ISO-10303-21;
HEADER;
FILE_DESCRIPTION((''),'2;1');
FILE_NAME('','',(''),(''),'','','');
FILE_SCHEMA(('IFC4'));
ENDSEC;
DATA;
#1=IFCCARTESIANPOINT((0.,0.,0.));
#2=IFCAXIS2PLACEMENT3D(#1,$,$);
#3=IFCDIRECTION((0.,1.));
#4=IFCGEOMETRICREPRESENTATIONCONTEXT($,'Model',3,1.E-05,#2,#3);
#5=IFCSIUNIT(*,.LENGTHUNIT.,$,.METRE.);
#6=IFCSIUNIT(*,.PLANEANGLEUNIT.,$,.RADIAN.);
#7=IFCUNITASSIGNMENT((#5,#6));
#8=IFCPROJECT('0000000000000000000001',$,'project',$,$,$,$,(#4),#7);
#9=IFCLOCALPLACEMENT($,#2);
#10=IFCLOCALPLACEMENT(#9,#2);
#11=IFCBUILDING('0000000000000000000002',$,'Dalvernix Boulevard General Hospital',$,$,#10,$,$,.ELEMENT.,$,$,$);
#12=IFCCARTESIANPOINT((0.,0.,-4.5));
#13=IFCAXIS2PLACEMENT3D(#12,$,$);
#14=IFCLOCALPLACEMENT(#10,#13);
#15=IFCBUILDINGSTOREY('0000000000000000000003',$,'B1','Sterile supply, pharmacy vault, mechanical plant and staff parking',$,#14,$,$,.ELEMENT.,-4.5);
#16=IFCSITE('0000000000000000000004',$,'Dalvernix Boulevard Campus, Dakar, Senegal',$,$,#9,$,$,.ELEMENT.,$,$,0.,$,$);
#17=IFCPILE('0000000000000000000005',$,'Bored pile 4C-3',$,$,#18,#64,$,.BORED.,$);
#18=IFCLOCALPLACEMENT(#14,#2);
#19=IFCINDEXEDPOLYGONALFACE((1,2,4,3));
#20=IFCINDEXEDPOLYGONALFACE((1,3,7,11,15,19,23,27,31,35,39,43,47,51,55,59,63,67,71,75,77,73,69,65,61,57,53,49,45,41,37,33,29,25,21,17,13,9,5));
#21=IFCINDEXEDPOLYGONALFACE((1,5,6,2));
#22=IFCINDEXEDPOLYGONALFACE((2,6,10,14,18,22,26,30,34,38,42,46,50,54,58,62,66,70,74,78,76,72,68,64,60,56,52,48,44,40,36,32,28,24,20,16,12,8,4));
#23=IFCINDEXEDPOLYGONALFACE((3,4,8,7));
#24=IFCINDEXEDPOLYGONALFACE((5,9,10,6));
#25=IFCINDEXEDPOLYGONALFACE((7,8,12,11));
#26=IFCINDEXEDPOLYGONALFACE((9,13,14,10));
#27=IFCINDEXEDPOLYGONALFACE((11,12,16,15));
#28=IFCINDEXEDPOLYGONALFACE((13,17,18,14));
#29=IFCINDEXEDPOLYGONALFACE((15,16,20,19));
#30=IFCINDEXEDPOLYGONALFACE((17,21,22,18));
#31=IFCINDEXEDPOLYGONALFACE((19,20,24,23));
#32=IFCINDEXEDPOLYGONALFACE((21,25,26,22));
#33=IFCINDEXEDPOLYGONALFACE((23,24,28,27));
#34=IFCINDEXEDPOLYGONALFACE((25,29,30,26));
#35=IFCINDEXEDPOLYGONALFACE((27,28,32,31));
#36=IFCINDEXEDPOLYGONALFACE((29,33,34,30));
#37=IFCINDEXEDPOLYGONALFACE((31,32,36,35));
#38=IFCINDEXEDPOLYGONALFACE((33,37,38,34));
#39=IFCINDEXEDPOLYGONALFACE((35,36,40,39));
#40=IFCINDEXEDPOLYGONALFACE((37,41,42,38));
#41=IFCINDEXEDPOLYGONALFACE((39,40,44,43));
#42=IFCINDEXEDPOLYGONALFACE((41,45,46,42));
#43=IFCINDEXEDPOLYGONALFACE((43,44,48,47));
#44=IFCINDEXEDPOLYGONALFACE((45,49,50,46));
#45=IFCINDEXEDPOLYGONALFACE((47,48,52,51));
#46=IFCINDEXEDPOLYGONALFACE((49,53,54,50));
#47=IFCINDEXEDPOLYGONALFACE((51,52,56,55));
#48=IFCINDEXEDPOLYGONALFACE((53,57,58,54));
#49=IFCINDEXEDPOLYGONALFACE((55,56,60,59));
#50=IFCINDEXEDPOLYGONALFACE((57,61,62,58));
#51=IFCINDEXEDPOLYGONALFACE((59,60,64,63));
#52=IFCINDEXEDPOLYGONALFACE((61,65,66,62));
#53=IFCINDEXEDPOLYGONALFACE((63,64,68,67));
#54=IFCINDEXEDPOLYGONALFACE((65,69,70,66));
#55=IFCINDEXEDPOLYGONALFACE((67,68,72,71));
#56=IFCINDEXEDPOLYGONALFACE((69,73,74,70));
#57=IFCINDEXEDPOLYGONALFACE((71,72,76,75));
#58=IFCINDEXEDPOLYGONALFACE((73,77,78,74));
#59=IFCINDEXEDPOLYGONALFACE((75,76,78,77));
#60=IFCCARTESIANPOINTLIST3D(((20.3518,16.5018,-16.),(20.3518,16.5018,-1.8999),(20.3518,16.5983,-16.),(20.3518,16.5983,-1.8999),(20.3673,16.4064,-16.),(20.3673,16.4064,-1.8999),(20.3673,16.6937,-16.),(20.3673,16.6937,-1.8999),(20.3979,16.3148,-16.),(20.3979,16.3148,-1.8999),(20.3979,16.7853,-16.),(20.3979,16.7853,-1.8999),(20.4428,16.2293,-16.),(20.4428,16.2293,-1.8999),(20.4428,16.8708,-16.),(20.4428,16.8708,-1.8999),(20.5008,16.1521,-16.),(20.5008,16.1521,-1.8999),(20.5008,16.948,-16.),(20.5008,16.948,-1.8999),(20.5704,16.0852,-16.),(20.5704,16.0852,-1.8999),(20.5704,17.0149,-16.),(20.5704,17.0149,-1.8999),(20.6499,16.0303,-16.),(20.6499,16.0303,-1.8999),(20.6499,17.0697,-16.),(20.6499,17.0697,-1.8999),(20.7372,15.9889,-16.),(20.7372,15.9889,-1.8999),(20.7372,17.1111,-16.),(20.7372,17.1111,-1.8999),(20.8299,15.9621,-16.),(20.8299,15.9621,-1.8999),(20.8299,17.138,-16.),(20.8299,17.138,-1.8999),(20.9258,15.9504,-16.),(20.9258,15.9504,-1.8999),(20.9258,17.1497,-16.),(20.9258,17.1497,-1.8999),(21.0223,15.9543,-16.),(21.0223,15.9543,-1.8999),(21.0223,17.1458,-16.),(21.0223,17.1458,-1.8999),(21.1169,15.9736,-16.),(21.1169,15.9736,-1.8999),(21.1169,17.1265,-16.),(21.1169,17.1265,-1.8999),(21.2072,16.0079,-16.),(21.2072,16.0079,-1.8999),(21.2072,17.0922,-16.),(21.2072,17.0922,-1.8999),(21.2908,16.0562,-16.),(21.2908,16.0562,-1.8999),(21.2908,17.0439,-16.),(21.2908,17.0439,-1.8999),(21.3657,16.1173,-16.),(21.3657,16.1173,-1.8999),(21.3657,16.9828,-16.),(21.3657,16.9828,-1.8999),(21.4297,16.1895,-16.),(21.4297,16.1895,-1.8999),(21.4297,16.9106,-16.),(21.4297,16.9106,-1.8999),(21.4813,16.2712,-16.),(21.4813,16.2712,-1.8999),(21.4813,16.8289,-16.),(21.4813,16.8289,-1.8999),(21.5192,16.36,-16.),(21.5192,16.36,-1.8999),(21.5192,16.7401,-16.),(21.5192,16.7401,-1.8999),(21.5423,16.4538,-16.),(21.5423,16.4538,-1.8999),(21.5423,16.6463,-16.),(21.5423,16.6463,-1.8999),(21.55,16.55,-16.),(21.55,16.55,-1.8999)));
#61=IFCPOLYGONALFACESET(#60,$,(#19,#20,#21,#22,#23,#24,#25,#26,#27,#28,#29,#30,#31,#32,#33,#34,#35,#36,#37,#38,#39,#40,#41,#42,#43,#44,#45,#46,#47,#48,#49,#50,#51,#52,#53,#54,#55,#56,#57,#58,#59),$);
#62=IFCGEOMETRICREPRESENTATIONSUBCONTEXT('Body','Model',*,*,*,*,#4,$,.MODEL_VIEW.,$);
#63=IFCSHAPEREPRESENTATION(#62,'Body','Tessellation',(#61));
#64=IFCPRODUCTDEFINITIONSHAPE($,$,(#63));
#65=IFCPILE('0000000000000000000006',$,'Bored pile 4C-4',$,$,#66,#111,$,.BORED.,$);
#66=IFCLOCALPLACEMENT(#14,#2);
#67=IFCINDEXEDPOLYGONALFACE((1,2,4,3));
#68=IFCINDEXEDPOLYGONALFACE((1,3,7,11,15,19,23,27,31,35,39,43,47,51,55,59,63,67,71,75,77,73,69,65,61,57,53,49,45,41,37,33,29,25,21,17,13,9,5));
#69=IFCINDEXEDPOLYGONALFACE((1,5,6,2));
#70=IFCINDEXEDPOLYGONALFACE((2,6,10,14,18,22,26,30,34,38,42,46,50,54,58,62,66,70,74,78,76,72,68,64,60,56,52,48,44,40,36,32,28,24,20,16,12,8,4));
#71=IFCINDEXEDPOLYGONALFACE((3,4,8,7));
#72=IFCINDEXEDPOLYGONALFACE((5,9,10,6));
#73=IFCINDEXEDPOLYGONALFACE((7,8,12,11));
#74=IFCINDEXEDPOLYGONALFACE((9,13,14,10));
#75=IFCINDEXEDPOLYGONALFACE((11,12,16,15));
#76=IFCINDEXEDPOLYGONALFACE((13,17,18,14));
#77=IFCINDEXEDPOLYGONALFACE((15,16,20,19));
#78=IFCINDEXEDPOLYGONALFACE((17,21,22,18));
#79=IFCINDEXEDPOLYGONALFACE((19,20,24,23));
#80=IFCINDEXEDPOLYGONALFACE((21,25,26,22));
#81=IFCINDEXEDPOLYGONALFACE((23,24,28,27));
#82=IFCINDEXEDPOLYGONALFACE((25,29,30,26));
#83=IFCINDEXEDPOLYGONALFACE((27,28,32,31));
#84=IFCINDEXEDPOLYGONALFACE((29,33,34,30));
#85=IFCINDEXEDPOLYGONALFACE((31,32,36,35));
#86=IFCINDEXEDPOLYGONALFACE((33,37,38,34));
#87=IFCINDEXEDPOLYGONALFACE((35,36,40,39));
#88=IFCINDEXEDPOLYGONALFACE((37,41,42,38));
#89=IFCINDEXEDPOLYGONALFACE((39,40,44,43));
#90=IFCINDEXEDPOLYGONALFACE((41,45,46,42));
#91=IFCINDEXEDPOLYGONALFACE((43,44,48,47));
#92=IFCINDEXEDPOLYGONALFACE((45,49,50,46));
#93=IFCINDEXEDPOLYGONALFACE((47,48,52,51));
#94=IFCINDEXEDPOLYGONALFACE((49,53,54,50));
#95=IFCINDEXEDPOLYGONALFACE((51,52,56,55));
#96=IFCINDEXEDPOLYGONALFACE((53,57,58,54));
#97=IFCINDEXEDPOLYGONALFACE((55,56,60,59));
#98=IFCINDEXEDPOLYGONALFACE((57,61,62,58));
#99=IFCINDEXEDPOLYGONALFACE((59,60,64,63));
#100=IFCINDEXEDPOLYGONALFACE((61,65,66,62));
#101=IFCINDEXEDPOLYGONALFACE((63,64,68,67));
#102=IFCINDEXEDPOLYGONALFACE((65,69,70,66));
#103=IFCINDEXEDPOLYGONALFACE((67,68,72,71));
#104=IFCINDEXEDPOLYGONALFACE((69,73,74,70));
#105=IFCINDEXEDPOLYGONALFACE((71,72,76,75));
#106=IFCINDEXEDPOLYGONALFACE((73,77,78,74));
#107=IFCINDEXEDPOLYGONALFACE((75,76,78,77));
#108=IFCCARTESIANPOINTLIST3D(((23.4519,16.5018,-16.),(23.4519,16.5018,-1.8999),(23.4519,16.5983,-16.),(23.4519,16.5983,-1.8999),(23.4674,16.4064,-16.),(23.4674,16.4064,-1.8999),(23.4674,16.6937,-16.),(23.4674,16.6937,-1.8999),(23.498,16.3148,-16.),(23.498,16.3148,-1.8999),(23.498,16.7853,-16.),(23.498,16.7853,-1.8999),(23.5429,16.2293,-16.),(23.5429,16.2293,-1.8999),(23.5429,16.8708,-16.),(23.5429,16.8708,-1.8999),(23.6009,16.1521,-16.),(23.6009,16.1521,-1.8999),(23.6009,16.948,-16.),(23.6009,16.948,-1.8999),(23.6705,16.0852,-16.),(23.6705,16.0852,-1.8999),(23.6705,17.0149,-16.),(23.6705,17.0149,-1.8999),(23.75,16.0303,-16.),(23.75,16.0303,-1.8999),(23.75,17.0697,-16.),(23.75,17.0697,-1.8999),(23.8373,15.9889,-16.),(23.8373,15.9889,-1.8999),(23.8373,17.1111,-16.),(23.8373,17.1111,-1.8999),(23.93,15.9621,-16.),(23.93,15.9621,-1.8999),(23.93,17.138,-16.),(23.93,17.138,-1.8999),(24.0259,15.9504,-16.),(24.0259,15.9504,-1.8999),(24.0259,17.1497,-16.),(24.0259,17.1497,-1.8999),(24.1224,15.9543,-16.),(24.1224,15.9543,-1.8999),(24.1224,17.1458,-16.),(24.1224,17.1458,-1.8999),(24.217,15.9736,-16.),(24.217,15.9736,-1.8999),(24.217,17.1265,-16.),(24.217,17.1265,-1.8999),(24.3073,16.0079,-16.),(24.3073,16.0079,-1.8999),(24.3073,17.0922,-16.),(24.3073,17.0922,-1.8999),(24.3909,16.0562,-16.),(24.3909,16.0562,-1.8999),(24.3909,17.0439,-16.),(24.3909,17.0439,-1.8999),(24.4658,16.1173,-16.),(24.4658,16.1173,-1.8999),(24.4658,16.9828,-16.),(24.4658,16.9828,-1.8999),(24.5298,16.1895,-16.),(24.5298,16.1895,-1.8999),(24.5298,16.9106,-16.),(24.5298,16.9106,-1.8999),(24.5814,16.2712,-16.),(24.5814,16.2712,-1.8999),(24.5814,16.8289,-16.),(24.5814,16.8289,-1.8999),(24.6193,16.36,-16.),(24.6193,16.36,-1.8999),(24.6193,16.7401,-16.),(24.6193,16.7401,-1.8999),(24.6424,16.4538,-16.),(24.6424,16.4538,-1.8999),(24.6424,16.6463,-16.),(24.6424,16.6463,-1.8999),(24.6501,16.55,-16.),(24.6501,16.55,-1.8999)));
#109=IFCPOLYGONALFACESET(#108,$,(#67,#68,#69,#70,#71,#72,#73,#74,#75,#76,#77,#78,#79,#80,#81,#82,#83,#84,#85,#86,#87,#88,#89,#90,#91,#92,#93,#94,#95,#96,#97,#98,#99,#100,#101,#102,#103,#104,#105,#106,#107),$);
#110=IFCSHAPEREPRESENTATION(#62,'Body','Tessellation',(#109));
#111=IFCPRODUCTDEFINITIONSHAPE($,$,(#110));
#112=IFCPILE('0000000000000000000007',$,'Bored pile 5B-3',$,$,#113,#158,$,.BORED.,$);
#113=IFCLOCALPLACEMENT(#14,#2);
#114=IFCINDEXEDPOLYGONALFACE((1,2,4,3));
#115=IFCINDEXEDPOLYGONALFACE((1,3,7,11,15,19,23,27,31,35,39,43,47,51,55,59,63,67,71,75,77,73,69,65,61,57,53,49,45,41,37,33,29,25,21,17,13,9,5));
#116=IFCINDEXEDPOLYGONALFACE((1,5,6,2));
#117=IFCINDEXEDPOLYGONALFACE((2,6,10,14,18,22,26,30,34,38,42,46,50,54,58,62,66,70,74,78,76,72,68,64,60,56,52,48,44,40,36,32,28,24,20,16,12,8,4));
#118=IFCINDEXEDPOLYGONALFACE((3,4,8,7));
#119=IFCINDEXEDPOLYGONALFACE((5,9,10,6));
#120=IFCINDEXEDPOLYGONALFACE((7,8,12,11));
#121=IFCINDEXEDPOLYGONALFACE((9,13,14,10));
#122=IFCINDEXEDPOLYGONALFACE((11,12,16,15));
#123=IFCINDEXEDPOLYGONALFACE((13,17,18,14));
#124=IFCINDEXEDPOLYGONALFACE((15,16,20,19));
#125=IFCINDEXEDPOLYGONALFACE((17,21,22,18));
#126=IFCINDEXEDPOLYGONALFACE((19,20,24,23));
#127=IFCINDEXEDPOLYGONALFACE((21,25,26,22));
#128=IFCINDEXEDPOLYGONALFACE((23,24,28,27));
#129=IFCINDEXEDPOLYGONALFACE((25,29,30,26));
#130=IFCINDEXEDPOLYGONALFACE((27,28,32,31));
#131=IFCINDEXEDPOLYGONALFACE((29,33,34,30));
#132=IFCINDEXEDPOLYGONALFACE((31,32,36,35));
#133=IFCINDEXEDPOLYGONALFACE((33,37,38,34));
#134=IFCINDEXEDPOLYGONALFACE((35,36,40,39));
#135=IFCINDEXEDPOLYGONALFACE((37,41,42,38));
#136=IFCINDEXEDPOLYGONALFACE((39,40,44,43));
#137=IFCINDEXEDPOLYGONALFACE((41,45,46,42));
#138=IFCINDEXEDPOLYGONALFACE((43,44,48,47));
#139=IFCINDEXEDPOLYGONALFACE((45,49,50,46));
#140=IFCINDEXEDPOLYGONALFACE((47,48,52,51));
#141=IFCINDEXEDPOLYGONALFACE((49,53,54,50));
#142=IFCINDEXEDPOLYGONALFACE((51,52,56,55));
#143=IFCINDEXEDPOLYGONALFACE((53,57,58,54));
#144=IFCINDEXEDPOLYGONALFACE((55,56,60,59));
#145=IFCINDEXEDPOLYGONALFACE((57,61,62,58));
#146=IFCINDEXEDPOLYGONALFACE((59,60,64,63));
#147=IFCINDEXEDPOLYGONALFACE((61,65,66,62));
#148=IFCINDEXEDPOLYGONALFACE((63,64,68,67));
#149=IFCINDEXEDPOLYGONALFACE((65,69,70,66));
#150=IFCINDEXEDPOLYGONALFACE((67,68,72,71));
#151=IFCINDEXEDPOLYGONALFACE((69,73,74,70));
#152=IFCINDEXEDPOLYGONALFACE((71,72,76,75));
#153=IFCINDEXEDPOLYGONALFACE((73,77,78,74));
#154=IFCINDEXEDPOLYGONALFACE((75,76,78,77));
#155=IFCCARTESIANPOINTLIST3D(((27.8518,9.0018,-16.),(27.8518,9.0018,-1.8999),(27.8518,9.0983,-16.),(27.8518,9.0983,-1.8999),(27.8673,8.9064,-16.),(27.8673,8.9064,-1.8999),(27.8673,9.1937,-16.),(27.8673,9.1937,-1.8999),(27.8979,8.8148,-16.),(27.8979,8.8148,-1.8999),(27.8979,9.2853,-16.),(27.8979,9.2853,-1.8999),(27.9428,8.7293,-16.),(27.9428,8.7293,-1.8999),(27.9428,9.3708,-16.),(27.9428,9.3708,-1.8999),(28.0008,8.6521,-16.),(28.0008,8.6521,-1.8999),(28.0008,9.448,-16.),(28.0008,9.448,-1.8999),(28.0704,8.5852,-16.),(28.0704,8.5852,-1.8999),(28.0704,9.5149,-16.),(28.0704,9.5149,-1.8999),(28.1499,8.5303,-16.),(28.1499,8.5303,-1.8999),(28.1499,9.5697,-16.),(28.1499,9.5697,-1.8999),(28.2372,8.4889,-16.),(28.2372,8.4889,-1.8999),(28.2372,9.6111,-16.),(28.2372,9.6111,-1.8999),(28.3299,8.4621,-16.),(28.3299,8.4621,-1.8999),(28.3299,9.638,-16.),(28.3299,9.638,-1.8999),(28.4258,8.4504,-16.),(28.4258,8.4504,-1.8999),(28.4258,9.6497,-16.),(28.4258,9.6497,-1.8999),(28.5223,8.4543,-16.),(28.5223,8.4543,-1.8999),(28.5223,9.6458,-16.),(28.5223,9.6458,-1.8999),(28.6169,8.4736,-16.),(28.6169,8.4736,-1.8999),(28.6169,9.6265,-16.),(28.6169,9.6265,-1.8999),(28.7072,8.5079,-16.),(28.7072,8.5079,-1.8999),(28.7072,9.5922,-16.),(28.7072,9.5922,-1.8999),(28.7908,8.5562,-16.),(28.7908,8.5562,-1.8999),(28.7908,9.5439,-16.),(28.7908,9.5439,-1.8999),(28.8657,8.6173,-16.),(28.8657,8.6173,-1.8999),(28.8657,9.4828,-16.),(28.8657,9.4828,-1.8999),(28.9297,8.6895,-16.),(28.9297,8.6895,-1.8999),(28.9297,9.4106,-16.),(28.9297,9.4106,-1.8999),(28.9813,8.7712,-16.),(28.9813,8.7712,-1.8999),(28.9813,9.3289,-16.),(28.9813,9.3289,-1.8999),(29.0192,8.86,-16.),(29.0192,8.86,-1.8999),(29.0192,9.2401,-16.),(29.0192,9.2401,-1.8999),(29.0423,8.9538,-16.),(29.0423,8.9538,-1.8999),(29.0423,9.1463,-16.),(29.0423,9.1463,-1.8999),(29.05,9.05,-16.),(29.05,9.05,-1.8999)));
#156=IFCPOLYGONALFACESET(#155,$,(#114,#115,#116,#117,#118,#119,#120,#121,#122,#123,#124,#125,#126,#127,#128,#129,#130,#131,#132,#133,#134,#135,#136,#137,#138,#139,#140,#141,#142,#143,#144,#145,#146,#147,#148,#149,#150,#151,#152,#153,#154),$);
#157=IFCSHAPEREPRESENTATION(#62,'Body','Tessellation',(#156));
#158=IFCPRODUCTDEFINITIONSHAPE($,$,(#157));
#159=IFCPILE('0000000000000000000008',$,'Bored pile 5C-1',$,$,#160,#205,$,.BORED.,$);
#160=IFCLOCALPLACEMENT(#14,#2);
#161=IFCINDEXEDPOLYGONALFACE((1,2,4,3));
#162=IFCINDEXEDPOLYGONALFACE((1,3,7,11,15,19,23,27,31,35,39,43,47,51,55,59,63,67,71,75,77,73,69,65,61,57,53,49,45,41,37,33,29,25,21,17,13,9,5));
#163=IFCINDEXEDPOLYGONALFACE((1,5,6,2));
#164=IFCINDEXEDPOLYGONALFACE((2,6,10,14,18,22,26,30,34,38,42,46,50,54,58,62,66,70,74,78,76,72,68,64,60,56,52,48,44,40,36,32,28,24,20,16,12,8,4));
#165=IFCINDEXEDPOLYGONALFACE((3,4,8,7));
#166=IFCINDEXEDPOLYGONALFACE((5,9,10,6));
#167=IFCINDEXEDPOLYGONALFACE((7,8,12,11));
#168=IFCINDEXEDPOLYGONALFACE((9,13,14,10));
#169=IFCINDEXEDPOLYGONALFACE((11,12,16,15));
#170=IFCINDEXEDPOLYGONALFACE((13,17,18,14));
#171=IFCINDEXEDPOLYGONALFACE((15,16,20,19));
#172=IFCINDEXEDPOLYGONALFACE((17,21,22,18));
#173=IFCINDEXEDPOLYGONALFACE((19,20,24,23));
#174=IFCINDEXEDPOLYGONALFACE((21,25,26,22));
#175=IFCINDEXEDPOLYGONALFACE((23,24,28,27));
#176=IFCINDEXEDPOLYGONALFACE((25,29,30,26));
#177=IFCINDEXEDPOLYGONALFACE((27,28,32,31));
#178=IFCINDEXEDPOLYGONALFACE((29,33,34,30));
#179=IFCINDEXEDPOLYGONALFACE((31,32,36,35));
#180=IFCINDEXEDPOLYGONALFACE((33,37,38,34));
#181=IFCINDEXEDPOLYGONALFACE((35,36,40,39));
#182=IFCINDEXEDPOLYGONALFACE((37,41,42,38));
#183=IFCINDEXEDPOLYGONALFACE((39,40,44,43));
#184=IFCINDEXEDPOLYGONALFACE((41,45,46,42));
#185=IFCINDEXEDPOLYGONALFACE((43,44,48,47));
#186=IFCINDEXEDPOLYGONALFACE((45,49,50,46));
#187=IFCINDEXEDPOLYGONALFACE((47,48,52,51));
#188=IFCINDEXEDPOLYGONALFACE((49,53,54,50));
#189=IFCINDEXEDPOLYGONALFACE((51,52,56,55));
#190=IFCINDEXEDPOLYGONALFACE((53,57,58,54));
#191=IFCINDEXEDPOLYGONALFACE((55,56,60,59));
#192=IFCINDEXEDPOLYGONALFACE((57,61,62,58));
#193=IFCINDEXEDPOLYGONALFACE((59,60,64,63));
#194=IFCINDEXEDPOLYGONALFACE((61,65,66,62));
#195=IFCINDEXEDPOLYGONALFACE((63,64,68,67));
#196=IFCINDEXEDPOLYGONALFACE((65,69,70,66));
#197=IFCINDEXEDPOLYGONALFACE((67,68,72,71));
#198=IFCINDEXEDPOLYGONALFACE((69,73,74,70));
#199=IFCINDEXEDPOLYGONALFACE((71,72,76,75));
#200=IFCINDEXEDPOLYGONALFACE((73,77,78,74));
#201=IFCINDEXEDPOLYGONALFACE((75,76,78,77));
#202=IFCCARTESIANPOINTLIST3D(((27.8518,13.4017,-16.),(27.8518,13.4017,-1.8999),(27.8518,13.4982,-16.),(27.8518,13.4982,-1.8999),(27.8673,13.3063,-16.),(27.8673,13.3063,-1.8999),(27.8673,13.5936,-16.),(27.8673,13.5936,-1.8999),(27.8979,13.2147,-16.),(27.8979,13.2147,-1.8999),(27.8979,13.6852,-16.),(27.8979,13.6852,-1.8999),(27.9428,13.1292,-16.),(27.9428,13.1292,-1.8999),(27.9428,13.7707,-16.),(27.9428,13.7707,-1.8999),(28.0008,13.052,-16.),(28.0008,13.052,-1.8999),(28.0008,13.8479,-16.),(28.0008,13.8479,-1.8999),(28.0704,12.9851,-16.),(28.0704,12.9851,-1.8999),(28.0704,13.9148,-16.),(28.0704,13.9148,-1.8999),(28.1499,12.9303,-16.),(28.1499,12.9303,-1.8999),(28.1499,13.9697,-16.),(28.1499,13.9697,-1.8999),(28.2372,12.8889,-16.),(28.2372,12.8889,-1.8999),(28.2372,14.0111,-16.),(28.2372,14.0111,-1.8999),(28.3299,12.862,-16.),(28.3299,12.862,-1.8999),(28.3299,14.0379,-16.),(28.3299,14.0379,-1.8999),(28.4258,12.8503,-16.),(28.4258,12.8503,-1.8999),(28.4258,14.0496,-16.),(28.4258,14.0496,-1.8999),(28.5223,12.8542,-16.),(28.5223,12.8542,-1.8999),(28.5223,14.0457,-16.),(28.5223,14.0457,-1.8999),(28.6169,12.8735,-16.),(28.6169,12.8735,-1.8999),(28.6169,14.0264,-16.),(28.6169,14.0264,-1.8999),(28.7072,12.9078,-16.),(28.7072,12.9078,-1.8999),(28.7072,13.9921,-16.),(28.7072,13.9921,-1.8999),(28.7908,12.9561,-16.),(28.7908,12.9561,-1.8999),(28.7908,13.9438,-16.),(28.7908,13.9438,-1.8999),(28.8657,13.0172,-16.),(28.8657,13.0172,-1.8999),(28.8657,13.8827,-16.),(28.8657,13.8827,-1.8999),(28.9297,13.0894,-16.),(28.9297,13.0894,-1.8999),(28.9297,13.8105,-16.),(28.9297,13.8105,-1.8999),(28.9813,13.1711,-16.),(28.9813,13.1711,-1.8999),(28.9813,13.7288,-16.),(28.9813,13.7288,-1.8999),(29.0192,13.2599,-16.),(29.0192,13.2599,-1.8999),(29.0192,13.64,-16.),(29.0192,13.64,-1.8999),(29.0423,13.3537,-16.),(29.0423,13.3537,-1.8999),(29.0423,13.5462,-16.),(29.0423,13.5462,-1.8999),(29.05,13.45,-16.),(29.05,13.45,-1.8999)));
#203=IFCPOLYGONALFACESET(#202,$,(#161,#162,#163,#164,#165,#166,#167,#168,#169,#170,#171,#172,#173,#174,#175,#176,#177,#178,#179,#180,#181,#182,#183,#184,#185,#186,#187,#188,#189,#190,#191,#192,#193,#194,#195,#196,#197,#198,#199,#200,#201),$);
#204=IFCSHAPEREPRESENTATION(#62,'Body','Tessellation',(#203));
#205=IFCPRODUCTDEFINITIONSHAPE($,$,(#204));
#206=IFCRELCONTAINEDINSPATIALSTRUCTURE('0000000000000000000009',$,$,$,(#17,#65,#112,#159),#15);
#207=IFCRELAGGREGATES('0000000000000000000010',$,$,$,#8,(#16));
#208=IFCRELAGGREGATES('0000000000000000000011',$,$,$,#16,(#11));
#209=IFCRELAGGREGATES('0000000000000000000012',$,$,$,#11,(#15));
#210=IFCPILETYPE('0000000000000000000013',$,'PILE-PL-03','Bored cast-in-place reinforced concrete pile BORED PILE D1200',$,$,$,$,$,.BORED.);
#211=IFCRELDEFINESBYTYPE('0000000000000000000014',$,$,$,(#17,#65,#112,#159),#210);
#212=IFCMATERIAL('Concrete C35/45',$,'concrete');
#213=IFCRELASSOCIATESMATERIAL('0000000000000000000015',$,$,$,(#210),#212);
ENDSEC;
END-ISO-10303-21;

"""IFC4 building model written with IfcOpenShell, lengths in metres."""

from ifc_helpers import new_model, si_unit, direction, frame, origin, origin_2d, place, context, subcontext, project, spatial, circle, extrude, material, material_profile, profile_set, type_object, element, save


model = new_model("IFC4")

# Units and contexts
model_context = context("Model", 3, precision=1e-05, world=origin(), true_north=direction((0.0, 1.0)))
body_context = subcontext(model_context, "Body", "Model", "MODEL_VIEW")
ifc_project = project(units=[si_unit("LENGTHUNIT", "METRE"), si_unit("PLANEANGLEUNIT", "RADIAN")], contexts=[model_context])

# Site, building, storey
site_placement = place(None, origin())
site = spatial("IfcSite", under=ifc_project, at=site_placement, Name="Dalvernix Boulevard Campus, Dakar, Senegal", CompositionType="ELEMENT", RefElevation=0.0)
building_placement = place(site_placement, origin())
building = spatial("IfcBuilding", under=site, at=building_placement, Name="Dalvernix Boulevard General Hospital", CompositionType="ELEMENT")
storey_placement = place(building_placement, frame((0.0, 0.0, -4.5)))
storey = spatial("IfcBuildingStorey", under=building, at=storey_placement, Name="B1", Description="Sterile supply, pharmacy vault, mechanical plant and staff parking", CompositionType="ELEMENT", Elevation=-4.5)

# Shared definitions
ifc_material_1 = material(Name="Concrete C35/45", Category="concrete")

# Piles
ifc_material_profile_1 = material_profile(ifc_material_1, circle(Radius=0.6001, at=origin_2d()), Name="BORED PILE D1200")
ifc_profile_set_1 = profile_set([ifc_material_profile_1], Name="Concrete C35/45")
pile_type = type_object("IfcPileType", Name="PILE-PL-03", Description="Bored cast-in-place reinforced concrete pile BORED PILE D1200", PredefinedType="BORED", material=ifc_profile_set_1)
for number, where, z_axis, x_axis, name in (
    (1, (20.95, 16.55, -1.8999), (0.0, 0.0, -1.0), (1.0, 0.0, 0.0), "Bored pile 4C-3"),
    (2, (24.05, 16.55, -1.8999), (0.0, 0.0, -1.0), (1.0, 0.0, 0.0), "Bored pile 4C-4"),
    (3, (28.45, 9.05, -1.8999), (0.0, 0.0, -1.0), (1.0, 0.0, 0.0), "Bored pile 5B-3"),
    (4, (28.45, 13.45, -1.8999), (0.0, 0.0, -1.0), (1.0, 0.0, 0.0), "Bored pile 5C-1"),
):
    element("IfcPile", number, at=place(storey_placement, frame(where, z_axis=z_axis, x_axis=x_axis)), inside=storey, type_object=pile_type, Name=name, PredefinedType="BORED", context=body_context, shape_type="SweptSolid", body=[
        extrude(circle(Radius=0.6001, at=origin_2d()), origin(), (0.0, 0.0, 1.0), 14.1001),
    ])

save(model, "model.ifc")
